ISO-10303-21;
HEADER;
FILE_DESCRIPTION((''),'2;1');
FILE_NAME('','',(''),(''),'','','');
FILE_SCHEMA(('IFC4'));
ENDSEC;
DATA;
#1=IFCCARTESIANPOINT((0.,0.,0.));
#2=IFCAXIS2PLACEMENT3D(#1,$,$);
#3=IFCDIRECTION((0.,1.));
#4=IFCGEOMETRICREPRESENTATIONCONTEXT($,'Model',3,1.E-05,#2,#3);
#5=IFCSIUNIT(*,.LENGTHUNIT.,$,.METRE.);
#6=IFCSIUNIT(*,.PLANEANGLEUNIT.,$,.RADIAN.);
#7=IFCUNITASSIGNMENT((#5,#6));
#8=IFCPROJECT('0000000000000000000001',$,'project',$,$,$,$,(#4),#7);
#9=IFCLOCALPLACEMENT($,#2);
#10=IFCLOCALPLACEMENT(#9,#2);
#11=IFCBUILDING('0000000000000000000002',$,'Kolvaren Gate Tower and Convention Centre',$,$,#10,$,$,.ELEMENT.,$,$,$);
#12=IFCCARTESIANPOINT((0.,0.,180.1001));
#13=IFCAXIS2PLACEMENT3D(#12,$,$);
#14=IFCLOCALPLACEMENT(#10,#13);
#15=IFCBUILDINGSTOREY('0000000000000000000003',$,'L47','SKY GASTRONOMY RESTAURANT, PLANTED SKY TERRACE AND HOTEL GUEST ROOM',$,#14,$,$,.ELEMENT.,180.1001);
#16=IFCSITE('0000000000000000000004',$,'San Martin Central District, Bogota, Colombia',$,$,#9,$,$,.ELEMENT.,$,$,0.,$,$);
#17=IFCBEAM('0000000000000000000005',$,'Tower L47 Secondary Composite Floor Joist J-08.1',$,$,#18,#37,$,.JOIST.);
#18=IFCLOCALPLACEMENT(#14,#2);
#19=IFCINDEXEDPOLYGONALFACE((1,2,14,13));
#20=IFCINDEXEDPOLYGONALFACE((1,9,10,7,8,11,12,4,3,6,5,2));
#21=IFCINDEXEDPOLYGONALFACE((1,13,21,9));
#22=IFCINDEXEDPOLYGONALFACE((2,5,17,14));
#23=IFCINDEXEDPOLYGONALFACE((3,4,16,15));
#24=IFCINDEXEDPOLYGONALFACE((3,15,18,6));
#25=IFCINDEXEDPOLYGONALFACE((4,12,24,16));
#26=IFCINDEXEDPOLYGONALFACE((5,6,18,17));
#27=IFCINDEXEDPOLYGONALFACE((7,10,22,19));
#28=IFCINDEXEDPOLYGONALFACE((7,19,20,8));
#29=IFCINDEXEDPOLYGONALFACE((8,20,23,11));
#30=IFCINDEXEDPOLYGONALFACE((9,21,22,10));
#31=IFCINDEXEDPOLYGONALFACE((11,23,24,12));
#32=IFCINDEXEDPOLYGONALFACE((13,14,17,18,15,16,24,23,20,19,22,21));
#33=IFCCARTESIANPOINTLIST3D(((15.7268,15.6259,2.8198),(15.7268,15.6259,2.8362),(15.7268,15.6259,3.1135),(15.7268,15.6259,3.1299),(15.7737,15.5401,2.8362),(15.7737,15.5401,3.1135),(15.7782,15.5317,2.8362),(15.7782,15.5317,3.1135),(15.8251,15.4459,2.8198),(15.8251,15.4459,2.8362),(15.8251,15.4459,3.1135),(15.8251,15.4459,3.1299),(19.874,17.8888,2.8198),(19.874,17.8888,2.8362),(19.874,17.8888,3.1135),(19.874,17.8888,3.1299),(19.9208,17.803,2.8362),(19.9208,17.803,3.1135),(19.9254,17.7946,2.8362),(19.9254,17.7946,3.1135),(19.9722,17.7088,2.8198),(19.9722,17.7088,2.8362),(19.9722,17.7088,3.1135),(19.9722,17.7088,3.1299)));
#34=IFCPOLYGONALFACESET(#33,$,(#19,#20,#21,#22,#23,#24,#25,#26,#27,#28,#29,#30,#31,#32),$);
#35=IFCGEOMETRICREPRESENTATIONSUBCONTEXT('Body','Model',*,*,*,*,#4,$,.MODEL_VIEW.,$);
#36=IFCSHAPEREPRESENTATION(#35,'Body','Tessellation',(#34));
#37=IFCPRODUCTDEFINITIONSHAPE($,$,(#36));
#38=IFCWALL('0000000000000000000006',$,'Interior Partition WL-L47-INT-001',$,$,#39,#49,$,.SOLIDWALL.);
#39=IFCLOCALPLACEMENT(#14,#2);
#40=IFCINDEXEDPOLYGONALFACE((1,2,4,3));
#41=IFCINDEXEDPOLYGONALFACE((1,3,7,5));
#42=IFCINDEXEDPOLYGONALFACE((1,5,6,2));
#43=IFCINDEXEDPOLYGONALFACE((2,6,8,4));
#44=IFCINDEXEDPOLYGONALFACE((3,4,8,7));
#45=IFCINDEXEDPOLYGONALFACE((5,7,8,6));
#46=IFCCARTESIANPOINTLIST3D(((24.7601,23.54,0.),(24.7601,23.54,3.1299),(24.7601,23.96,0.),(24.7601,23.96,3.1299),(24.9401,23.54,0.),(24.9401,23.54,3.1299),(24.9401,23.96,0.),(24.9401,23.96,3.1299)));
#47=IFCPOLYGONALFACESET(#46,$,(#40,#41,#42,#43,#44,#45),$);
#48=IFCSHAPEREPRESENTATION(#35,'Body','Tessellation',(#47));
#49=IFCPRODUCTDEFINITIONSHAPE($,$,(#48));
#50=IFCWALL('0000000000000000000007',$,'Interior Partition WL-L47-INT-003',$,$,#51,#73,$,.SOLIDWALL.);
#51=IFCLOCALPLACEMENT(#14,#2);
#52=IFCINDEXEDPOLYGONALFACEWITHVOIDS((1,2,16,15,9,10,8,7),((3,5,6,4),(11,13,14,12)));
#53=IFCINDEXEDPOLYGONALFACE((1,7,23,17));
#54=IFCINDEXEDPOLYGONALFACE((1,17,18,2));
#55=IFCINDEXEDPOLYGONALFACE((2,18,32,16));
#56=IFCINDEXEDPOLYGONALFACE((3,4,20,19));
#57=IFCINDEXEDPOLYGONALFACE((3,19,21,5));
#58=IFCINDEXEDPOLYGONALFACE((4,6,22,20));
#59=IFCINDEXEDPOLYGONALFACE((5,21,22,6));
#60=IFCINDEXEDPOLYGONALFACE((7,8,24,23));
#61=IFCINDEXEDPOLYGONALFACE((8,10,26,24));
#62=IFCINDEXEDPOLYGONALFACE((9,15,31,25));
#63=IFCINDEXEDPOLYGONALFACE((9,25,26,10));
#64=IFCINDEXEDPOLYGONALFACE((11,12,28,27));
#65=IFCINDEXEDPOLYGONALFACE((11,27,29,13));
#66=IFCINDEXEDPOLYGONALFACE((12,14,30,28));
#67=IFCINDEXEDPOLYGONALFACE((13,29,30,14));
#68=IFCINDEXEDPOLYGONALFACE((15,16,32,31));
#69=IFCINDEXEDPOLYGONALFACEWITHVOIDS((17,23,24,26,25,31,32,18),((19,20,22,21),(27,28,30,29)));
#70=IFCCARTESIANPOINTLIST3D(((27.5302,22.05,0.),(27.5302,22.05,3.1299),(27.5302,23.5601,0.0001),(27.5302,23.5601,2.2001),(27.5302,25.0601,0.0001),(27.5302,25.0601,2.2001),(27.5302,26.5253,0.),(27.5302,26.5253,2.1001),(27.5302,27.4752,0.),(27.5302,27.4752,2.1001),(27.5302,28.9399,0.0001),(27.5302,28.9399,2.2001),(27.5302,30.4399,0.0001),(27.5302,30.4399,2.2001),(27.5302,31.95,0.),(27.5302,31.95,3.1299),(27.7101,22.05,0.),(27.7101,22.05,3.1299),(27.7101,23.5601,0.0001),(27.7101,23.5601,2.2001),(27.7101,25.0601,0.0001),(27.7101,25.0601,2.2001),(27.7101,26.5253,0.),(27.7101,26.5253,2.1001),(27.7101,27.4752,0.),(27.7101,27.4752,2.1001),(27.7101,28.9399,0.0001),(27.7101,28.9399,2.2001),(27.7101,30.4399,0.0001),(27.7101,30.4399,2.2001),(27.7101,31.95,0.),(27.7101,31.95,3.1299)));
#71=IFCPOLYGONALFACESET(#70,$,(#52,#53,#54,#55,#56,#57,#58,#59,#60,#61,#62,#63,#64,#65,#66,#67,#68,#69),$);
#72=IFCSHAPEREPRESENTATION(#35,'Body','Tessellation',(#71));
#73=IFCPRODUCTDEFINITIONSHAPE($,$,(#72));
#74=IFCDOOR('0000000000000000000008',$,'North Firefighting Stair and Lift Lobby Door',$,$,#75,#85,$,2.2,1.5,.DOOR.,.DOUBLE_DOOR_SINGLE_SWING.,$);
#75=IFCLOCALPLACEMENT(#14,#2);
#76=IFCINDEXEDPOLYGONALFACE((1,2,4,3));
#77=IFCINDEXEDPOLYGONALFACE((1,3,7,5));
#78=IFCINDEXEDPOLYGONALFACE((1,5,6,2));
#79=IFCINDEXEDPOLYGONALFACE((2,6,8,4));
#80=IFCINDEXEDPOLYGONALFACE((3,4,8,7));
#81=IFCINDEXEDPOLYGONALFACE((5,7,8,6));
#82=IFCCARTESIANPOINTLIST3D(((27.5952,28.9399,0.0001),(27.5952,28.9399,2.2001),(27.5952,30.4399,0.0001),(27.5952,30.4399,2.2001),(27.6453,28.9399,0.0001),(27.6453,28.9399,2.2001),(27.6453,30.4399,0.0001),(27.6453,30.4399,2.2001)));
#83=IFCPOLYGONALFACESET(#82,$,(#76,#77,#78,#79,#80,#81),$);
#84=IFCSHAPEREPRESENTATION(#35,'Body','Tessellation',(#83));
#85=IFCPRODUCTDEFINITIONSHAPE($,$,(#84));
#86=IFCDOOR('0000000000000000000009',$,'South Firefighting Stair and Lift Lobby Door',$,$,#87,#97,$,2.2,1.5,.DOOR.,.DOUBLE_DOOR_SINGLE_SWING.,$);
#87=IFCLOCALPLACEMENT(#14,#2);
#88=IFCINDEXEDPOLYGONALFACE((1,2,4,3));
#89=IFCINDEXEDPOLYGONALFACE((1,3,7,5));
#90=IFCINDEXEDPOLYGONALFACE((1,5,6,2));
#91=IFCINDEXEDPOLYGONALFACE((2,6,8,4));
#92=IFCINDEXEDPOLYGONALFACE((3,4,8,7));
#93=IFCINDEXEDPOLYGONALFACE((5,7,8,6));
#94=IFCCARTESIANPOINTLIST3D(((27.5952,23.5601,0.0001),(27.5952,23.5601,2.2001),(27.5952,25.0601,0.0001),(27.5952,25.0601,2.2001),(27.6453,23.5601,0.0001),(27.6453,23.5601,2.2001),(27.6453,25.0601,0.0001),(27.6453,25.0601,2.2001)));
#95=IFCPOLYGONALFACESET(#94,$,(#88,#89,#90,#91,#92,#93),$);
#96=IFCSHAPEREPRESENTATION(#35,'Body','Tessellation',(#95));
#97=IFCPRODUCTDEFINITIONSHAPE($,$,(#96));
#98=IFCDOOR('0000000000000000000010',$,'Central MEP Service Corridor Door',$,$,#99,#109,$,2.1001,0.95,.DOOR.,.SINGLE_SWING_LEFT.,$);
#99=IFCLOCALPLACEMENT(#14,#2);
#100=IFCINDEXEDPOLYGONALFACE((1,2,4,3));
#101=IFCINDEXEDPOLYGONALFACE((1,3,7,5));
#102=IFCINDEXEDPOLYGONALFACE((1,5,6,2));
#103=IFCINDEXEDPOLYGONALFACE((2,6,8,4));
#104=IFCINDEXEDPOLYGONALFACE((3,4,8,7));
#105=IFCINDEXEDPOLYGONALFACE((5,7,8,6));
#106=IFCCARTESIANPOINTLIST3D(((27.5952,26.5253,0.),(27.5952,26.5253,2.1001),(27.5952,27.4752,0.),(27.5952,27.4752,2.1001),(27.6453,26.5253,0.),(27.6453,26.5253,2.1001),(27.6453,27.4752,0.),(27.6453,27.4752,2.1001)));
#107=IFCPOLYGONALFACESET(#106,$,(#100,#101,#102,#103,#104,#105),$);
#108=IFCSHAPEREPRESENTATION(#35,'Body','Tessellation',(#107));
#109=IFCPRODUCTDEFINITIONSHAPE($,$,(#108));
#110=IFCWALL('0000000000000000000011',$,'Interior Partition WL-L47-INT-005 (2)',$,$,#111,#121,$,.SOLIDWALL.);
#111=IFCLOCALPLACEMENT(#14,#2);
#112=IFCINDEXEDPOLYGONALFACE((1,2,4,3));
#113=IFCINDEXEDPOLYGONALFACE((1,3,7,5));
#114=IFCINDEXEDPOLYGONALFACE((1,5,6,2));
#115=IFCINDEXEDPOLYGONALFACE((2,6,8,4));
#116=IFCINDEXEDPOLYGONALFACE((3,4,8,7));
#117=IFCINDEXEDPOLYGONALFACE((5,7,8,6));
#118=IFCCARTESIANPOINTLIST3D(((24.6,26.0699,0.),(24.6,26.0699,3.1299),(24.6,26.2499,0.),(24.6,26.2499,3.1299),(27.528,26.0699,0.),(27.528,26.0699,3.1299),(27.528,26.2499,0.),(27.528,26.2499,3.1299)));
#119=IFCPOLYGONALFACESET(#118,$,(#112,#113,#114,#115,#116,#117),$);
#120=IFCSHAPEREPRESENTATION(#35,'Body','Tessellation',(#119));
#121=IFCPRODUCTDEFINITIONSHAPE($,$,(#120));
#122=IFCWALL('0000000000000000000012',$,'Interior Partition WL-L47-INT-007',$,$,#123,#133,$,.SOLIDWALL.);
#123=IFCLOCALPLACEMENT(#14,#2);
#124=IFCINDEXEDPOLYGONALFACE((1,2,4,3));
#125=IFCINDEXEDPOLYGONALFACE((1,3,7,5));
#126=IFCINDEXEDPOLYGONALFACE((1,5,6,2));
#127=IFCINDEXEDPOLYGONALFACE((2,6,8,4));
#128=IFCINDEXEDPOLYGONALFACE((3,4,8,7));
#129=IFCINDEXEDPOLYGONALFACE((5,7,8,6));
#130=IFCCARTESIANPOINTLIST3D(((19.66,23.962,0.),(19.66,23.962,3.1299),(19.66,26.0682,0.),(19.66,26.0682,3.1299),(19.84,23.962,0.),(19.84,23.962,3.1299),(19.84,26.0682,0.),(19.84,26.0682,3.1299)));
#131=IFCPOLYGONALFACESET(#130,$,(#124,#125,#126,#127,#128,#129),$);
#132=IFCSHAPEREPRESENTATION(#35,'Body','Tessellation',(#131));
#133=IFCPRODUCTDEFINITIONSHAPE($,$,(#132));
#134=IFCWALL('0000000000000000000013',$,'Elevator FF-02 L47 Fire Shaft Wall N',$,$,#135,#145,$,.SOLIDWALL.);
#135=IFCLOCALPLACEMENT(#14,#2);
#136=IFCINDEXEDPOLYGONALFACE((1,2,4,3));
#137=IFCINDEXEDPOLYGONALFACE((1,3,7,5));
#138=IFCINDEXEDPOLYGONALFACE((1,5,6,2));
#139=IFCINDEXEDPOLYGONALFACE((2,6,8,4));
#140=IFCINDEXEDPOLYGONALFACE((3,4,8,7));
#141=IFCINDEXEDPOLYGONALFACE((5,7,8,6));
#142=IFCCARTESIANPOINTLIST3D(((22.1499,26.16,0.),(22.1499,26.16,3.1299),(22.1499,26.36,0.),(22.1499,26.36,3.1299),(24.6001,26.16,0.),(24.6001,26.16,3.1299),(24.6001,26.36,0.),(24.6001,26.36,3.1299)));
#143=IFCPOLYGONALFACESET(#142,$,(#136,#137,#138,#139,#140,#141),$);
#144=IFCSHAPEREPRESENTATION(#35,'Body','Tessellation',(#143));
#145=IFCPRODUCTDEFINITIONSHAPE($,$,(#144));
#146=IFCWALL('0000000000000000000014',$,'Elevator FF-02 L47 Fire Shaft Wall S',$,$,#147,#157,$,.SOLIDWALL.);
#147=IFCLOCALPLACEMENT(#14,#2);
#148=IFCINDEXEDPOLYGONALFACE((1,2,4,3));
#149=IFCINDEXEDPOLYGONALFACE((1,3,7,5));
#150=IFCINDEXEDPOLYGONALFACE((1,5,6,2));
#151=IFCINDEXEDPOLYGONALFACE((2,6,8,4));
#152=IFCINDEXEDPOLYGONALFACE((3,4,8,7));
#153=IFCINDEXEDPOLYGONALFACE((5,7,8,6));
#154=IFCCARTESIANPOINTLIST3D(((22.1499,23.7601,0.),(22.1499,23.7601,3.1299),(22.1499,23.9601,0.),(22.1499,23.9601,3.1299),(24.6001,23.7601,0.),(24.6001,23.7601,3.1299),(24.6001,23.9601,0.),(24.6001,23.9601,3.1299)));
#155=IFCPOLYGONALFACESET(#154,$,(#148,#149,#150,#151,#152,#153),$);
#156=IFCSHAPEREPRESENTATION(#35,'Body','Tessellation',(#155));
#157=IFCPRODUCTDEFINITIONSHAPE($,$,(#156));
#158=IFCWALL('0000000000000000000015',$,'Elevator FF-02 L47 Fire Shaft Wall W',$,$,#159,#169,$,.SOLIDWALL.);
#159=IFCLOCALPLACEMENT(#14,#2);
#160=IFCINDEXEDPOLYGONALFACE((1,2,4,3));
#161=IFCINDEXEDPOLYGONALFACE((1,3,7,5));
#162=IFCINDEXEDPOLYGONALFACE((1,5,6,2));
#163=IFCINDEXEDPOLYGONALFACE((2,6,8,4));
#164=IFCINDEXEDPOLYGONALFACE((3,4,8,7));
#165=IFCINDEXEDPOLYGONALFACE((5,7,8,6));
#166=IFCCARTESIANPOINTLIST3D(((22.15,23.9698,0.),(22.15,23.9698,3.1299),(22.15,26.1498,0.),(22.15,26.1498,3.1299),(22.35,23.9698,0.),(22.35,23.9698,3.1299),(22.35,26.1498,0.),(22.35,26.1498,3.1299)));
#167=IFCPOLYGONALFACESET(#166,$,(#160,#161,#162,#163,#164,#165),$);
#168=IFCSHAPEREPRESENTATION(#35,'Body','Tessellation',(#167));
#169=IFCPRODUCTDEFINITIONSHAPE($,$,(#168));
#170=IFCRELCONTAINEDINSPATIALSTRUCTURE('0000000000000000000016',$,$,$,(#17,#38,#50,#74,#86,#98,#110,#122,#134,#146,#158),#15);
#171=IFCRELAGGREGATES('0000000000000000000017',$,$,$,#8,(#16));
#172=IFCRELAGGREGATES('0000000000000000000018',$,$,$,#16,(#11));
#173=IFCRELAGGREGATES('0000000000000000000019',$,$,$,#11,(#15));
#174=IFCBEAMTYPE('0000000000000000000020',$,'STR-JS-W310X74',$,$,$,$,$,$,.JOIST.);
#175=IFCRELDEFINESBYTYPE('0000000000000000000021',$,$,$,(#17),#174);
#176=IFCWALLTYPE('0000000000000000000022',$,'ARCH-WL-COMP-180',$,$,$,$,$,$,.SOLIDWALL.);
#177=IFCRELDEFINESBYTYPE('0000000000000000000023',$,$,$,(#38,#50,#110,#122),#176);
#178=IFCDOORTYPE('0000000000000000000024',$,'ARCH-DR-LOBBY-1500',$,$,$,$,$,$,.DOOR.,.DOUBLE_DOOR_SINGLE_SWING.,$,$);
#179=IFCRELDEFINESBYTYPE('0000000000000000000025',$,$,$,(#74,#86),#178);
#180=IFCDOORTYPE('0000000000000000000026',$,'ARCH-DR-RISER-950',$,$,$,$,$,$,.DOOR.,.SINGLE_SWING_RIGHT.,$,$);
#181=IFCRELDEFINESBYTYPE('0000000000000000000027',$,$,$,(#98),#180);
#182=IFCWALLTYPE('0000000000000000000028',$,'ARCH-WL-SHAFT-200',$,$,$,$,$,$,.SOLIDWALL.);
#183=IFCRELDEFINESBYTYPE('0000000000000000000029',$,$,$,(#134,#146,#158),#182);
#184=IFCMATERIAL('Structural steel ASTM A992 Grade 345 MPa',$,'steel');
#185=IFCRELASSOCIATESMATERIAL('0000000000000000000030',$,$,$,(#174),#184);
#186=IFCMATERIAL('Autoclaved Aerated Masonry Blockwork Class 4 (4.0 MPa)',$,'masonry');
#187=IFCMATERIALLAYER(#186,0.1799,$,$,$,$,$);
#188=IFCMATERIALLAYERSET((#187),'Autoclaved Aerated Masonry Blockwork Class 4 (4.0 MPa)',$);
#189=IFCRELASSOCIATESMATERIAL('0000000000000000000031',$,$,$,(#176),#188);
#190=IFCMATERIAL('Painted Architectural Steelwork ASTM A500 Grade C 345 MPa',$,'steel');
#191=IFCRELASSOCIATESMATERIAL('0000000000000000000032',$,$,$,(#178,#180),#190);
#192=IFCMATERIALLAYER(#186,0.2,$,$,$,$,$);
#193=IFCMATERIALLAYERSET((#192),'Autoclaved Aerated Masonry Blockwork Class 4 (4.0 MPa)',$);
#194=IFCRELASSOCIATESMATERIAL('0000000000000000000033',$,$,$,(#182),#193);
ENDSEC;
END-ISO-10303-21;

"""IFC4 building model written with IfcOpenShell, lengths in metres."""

from ifc_helpers import new_model, si_unit, direction, frame, frame_2d, origin, origin_2d, place, context, subcontext, project, spatial, rectangle, i_section, extrude, material, layer, layer_set, material_profile, profile_set, type_object, element, fill, save


model = new_model("IFC4")

# Units and contexts
model_context = context("Model", 3, precision=1e-05, world=origin(), true_north=direction((0.0, 1.0)))
body_context = subcontext(model_context, "Body", "Model", "MODEL_VIEW")
ifc_project = project(units=[si_unit("LENGTHUNIT", "METRE"), si_unit("PLANEANGLEUNIT", "RADIAN")], contexts=[model_context])

# Site, building, storey
site_placement = place(None, origin())
site = spatial("IfcSite", under=ifc_project, at=site_placement, Name="San Martin Central District, Bogota, Colombia", CompositionType="ELEMENT", RefElevation=0.0)
building_placement = place(site_placement, origin())
building = spatial("IfcBuilding", under=site, at=building_placement, Name="Kolvaren Gate Tower and Convention Centre", CompositionType="ELEMENT")
storey_placement = place(building_placement, frame((0.0, 0.0, 180.1001)))
storey = spatial("IfcBuildingStorey", under=building, at=storey_placement, Name="L47", Description="SKY GASTRONOMY RESTAURANT, PLANTED SKY TERRACE AND HOTEL GUEST ROOM", CompositionType="ELEMENT", Elevation=180.1001)

# Beam
ifc_material_1 = material(Name="Structural steel ASTM A992 Grade 345 MPa", Category="steel")
ifc_material_profile = material_profile(ifc_material_1, i_section(OverallWidth=0.2051, OverallDepth=0.3101, WebThickness=0.0095, FlangeThickness=0.0164, at=origin_2d()), Name="W310X74")
ifc_profile_set = profile_set([ifc_material_profile], Name="Structural steel ASTM A992 Grade 345 MPa")
beam_type = type_object("IfcBeamType", Name="STR-JS-W310X74", PredefinedType="JOIST", material=ifc_profile_set)
beam_placement = place(storey_placement, frame((19.9231, 17.7988, 2.9749), z_axis=(-0.877822, -0.478986, 0.0), x_axis=(0.478986, -0.877822, 0.0)))
element("IfcBeam", 1, at=beam_placement, inside=storey, type_object=beam_type, Name="Tower L47 Secondary Composite Floor Joist J-08.1", PredefinedType="JOIST", context=body_context, shape_type="SweptSolid", body=[
    extrude(i_section(OverallWidth=0.2051, OverallDepth=0.3101, WebThickness=0.0095, FlangeThickness=0.0164, at=origin_2d()), origin(), (0.0, 0.0, 1.0), 4.7244),
])

# Wall
ifc_material_2 = material(Name="Autoclaved Aerated Masonry Blockwork Class 4 (4.0 MPa)", Category="masonry")
ifc_layer_1 = layer(ifc_material_2, 0.1799)
ifc_layer_set_1 = layer_set([ifc_layer_1], Name="Autoclaved Aerated Masonry Blockwork Class 4 (4.0 MPa)")
wall_type_1 = type_object("IfcWallType", Name="ARCH-WL-COMP-180", PredefinedType="SOLIDWALL", material=ifc_layer_set_1)
wall_1_placement = place(storey_placement, frame((24.8501, 23.54, 0.0), z_axis=(0.0, 0.0, 1.0), x_axis=(0.0, 1.0, 0.0)))
element("IfcWall", 2, at=wall_1_placement, inside=storey, type_object=wall_type_1, Name="Interior Partition WL-L47-INT-001", PredefinedType="SOLIDWALL", context=body_context, shape_type="SweptSolid", body=[
    extrude(rectangle(XDim=0.4199, YDim=0.1799, at=frame_2d((0.21, 0.0))), origin(), (0.0, 0.0, 1.0), 3.1299),
])

# Wall, openings, doors
wall_2_placement = place(storey_placement, frame((27.6201, 22.05, 0.0), z_axis=(0.0, 0.0, 1.0), x_axis=(0.0, 1.0, 0.0)))
wall_2 = element("IfcWall", 3, at=wall_2_placement, inside=storey, type_object=wall_type_1, Name="Interior Partition WL-L47-INT-003", PredefinedType="SOLIDWALL", context=body_context, shape_type="SweptSolid", body=[
    extrude(rectangle(XDim=9.8999, YDim=0.1799, at=frame_2d((4.95, 0.0))), origin(), (0.0, 0.0, 1.0), 3.1299),
])
opening_1_placement = place(wall_2_placement, frame((4.4751, 0.0, 0.0)))
opening_1 = element("IfcOpeningElement", 4, at=opening_1_placement, cuts=wall_2, PredefinedType="OPENING", context=body_context, shape_type="SweptSolid", body=[
    extrude(rectangle(XDim=0.95, YDim=2.1001, at=frame_2d((0.4751, 1.05))), frame((0.0, 0.0999, 0.0), z_axis=(0.0, -1.0, 0.0), x_axis=(1.0, 0.0, 0.0)), (0.0, 0.0, 1.0), 0.2),
])
opening_2_placement = place(wall_2_placement, frame((6.8899, 0.0, 0.0)))
opening_2 = element("IfcOpeningElement", 5, at=opening_2_placement, cuts=wall_2, PredefinedType="OPENING", context=body_context, shape_type="SweptSolid", body=[
    extrude(rectangle(XDim=1.5, YDim=2.2, at=frame_2d((0.75, 1.1001))), frame((0.0, 0.0999, 0.0), z_axis=(0.0, -1.0, 0.0), x_axis=(1.0, 0.0, 0.0)), (0.0, 0.0, 1.0), 0.2),
])
opening_3_placement = place(wall_2_placement, frame((1.51, 0.0, 0.0)))
opening_3 = element("IfcOpeningElement", 6, at=opening_3_placement, cuts=wall_2, PredefinedType="OPENING", context=body_context, shape_type="SweptSolid", body=[
    extrude(rectangle(XDim=1.5, YDim=2.2, at=frame_2d((0.75, 1.1001))), frame((0.0, 0.0999, 0.0), z_axis=(0.0, -1.0, 0.0), x_axis=(1.0, 0.0, 0.0)), (0.0, 0.0, 1.0), 0.2),
])
ifc_material_3 = material(Name="Painted Architectural Steelwork ASTM A500 Grade C 345 MPa", Category="steel")
door_type_1 = type_object("IfcDoorType", Name="ARCH-DR-LOBBY-1500", OperationType="DOUBLE_DOOR_SINGLE_SWING", PredefinedType="DOOR", material=ifc_material_3)
door_1_placement = place(opening_2_placement, origin())
door_1 = element("IfcDoor", 7, at=door_1_placement, inside=storey, type_object=door_type_1, Name="North Firefighting Stair and Lift Lobby Door", OperationType="DOUBLE_DOOR_SINGLE_SWING", OverallHeight=2.2, OverallWidth=1.5, PredefinedType="DOOR", context=body_context, shape_type="SweptSolid", body=[
    extrude(rectangle(XDim=1.5, YDim=2.2, at=frame_2d((0.75, 1.1001))), frame((0.0, 0.0249, 0.0), z_axis=(0.0, -1.0, 0.0), x_axis=(1.0, 0.0, 0.0)), (0.0, 0.0, 1.0), 0.05),
])
fill(opening_2, door_1)
door_2_placement = place(opening_3_placement, origin())
door_2 = element("IfcDoor", 8, at=door_2_placement, inside=storey, type_object=door_type_1, Name="South Firefighting Stair and Lift Lobby Door", OperationType="DOUBLE_DOOR_SINGLE_SWING", OverallHeight=2.2, OverallWidth=1.5, PredefinedType="DOOR", context=body_context, shape_type="SweptSolid", body=[
    extrude(rectangle(XDim=1.5, YDim=2.2, at=frame_2d((0.75, 1.1001))), frame((0.0, 0.0249, 0.0), z_axis=(0.0, -1.0, 0.0), x_axis=(1.0, 0.0, 0.0)), (0.0, 0.0, 1.0), 0.05),
])
fill(opening_3, door_2)
door_type_2 = type_object("IfcDoorType", Name="ARCH-DR-RISER-950", OperationType="SINGLE_SWING_RIGHT", PredefinedType="DOOR", material=ifc_material_3)
door_3_placement = place(opening_1_placement, origin())
door_3 = element("IfcDoor", 9, at=door_3_placement, inside=storey, type_object=door_type_2, Name="Central MEP Service Corridor Door", OperationType="SINGLE_SWING_LEFT", OverallHeight=2.1001, OverallWidth=0.95, PredefinedType="DOOR", context=body_context, shape_type="SweptSolid", body=[
    extrude(rectangle(XDim=0.95, YDim=2.1001, at=frame_2d((0.4751, 1.05))), frame((0.0, 0.0249, 0.0), z_axis=(0.0, -1.0, 0.0), x_axis=(1.0, 0.0, 0.0)), (0.0, 0.0, 1.0), 0.05),
])
fill(opening_1, door_3)

# Walls
wall_3_placement = place(storey_placement, frame((24.6001, 26.1599, 0.0), z_axis=(0.0, 0.0, 1.0), x_axis=(1.0, 0.0, 0.0)))
element("IfcWall", 10, at=wall_3_placement, inside=storey, type_object=wall_type_1, Name="Interior Partition WL-L47-INT-005 (2)", PredefinedType="SOLIDWALL", context=body_context, shape_type="SweptSolid", body=[
    extrude(rectangle(XDim=2.928, YDim=0.1799, at=frame_2d((1.4639, 0.0))), origin(), (0.0, 0.0, 1.0), 3.1299),
])
wall_4_placement = place(storey_placement, frame((19.75, 23.9619, 0.0), z_axis=(0.0, 0.0, 1.0), x_axis=(0.0, 1.0, 0.0)))
element("IfcWall", 11, at=wall_4_placement, inside=storey, type_object=wall_type_1, Name="Interior Partition WL-L47-INT-007", PredefinedType="SOLIDWALL", context=body_context, shape_type="SweptSolid", body=[
    extrude(rectangle(XDim=2.1062, YDim=0.1799, at=frame_2d((1.0532, 0.0))), origin(), (0.0, 0.0, 1.0), 3.1299),
])
ifc_layer_2 = layer(ifc_material_2, 0.2)
ifc_layer_set_2 = layer_set([ifc_layer_2], Name="Autoclaved Aerated Masonry Blockwork Class 4 (4.0 MPa)")
wall_type_2 = type_object("IfcWallType", Name="ARCH-WL-SHAFT-200", PredefinedType="SOLIDWALL", material=ifc_layer_set_2)
for number, where, z_axis, x_axis, name in (
    (12, (22.1499, 26.26, 0.0), (0.0, 0.0, 1.0), (1.0, 0.0, 0.0), "Elevator FF-02 L47 Fire Shaft Wall N"),
    (13, (22.1499, 23.8601, 0.0), (0.0, 0.0, 1.0), (1.0, 0.0, 0.0), "Elevator FF-02 L47 Fire Shaft Wall S"),
):
    element("IfcWall", number, at=place(storey_placement, frame(where, z_axis=z_axis, x_axis=x_axis)), inside=storey, type_object=wall_type_2, Name=name, PredefinedType="SOLIDWALL", context=body_context, shape_type="SweptSolid", body=[
        extrude(rectangle(XDim=2.4502, YDim=0.2, at=frame_2d((1.2251, 0.0))), origin(), (0.0, 0.0, 1.0), 3.1299),
    ])
wall_5_placement = place(storey_placement, frame((22.25, 23.97, 0.0), z_axis=(0.0, 0.0, 1.0), x_axis=(0.0, 1.0, 0.0)))
element("IfcWall", 14, at=wall_5_placement, inside=storey, type_object=wall_type_2, Name="Elevator FF-02 L47 Fire Shaft Wall W", PredefinedType="SOLIDWALL", context=body_context, shape_type="SweptSolid", body=[
    extrude(rectangle(XDim=2.1799, YDim=0.2, at=frame_2d((1.0898, 0.0))), origin(), (0.0, 0.0, 1.0), 3.1299),
])

save(model, "model.ifc")
